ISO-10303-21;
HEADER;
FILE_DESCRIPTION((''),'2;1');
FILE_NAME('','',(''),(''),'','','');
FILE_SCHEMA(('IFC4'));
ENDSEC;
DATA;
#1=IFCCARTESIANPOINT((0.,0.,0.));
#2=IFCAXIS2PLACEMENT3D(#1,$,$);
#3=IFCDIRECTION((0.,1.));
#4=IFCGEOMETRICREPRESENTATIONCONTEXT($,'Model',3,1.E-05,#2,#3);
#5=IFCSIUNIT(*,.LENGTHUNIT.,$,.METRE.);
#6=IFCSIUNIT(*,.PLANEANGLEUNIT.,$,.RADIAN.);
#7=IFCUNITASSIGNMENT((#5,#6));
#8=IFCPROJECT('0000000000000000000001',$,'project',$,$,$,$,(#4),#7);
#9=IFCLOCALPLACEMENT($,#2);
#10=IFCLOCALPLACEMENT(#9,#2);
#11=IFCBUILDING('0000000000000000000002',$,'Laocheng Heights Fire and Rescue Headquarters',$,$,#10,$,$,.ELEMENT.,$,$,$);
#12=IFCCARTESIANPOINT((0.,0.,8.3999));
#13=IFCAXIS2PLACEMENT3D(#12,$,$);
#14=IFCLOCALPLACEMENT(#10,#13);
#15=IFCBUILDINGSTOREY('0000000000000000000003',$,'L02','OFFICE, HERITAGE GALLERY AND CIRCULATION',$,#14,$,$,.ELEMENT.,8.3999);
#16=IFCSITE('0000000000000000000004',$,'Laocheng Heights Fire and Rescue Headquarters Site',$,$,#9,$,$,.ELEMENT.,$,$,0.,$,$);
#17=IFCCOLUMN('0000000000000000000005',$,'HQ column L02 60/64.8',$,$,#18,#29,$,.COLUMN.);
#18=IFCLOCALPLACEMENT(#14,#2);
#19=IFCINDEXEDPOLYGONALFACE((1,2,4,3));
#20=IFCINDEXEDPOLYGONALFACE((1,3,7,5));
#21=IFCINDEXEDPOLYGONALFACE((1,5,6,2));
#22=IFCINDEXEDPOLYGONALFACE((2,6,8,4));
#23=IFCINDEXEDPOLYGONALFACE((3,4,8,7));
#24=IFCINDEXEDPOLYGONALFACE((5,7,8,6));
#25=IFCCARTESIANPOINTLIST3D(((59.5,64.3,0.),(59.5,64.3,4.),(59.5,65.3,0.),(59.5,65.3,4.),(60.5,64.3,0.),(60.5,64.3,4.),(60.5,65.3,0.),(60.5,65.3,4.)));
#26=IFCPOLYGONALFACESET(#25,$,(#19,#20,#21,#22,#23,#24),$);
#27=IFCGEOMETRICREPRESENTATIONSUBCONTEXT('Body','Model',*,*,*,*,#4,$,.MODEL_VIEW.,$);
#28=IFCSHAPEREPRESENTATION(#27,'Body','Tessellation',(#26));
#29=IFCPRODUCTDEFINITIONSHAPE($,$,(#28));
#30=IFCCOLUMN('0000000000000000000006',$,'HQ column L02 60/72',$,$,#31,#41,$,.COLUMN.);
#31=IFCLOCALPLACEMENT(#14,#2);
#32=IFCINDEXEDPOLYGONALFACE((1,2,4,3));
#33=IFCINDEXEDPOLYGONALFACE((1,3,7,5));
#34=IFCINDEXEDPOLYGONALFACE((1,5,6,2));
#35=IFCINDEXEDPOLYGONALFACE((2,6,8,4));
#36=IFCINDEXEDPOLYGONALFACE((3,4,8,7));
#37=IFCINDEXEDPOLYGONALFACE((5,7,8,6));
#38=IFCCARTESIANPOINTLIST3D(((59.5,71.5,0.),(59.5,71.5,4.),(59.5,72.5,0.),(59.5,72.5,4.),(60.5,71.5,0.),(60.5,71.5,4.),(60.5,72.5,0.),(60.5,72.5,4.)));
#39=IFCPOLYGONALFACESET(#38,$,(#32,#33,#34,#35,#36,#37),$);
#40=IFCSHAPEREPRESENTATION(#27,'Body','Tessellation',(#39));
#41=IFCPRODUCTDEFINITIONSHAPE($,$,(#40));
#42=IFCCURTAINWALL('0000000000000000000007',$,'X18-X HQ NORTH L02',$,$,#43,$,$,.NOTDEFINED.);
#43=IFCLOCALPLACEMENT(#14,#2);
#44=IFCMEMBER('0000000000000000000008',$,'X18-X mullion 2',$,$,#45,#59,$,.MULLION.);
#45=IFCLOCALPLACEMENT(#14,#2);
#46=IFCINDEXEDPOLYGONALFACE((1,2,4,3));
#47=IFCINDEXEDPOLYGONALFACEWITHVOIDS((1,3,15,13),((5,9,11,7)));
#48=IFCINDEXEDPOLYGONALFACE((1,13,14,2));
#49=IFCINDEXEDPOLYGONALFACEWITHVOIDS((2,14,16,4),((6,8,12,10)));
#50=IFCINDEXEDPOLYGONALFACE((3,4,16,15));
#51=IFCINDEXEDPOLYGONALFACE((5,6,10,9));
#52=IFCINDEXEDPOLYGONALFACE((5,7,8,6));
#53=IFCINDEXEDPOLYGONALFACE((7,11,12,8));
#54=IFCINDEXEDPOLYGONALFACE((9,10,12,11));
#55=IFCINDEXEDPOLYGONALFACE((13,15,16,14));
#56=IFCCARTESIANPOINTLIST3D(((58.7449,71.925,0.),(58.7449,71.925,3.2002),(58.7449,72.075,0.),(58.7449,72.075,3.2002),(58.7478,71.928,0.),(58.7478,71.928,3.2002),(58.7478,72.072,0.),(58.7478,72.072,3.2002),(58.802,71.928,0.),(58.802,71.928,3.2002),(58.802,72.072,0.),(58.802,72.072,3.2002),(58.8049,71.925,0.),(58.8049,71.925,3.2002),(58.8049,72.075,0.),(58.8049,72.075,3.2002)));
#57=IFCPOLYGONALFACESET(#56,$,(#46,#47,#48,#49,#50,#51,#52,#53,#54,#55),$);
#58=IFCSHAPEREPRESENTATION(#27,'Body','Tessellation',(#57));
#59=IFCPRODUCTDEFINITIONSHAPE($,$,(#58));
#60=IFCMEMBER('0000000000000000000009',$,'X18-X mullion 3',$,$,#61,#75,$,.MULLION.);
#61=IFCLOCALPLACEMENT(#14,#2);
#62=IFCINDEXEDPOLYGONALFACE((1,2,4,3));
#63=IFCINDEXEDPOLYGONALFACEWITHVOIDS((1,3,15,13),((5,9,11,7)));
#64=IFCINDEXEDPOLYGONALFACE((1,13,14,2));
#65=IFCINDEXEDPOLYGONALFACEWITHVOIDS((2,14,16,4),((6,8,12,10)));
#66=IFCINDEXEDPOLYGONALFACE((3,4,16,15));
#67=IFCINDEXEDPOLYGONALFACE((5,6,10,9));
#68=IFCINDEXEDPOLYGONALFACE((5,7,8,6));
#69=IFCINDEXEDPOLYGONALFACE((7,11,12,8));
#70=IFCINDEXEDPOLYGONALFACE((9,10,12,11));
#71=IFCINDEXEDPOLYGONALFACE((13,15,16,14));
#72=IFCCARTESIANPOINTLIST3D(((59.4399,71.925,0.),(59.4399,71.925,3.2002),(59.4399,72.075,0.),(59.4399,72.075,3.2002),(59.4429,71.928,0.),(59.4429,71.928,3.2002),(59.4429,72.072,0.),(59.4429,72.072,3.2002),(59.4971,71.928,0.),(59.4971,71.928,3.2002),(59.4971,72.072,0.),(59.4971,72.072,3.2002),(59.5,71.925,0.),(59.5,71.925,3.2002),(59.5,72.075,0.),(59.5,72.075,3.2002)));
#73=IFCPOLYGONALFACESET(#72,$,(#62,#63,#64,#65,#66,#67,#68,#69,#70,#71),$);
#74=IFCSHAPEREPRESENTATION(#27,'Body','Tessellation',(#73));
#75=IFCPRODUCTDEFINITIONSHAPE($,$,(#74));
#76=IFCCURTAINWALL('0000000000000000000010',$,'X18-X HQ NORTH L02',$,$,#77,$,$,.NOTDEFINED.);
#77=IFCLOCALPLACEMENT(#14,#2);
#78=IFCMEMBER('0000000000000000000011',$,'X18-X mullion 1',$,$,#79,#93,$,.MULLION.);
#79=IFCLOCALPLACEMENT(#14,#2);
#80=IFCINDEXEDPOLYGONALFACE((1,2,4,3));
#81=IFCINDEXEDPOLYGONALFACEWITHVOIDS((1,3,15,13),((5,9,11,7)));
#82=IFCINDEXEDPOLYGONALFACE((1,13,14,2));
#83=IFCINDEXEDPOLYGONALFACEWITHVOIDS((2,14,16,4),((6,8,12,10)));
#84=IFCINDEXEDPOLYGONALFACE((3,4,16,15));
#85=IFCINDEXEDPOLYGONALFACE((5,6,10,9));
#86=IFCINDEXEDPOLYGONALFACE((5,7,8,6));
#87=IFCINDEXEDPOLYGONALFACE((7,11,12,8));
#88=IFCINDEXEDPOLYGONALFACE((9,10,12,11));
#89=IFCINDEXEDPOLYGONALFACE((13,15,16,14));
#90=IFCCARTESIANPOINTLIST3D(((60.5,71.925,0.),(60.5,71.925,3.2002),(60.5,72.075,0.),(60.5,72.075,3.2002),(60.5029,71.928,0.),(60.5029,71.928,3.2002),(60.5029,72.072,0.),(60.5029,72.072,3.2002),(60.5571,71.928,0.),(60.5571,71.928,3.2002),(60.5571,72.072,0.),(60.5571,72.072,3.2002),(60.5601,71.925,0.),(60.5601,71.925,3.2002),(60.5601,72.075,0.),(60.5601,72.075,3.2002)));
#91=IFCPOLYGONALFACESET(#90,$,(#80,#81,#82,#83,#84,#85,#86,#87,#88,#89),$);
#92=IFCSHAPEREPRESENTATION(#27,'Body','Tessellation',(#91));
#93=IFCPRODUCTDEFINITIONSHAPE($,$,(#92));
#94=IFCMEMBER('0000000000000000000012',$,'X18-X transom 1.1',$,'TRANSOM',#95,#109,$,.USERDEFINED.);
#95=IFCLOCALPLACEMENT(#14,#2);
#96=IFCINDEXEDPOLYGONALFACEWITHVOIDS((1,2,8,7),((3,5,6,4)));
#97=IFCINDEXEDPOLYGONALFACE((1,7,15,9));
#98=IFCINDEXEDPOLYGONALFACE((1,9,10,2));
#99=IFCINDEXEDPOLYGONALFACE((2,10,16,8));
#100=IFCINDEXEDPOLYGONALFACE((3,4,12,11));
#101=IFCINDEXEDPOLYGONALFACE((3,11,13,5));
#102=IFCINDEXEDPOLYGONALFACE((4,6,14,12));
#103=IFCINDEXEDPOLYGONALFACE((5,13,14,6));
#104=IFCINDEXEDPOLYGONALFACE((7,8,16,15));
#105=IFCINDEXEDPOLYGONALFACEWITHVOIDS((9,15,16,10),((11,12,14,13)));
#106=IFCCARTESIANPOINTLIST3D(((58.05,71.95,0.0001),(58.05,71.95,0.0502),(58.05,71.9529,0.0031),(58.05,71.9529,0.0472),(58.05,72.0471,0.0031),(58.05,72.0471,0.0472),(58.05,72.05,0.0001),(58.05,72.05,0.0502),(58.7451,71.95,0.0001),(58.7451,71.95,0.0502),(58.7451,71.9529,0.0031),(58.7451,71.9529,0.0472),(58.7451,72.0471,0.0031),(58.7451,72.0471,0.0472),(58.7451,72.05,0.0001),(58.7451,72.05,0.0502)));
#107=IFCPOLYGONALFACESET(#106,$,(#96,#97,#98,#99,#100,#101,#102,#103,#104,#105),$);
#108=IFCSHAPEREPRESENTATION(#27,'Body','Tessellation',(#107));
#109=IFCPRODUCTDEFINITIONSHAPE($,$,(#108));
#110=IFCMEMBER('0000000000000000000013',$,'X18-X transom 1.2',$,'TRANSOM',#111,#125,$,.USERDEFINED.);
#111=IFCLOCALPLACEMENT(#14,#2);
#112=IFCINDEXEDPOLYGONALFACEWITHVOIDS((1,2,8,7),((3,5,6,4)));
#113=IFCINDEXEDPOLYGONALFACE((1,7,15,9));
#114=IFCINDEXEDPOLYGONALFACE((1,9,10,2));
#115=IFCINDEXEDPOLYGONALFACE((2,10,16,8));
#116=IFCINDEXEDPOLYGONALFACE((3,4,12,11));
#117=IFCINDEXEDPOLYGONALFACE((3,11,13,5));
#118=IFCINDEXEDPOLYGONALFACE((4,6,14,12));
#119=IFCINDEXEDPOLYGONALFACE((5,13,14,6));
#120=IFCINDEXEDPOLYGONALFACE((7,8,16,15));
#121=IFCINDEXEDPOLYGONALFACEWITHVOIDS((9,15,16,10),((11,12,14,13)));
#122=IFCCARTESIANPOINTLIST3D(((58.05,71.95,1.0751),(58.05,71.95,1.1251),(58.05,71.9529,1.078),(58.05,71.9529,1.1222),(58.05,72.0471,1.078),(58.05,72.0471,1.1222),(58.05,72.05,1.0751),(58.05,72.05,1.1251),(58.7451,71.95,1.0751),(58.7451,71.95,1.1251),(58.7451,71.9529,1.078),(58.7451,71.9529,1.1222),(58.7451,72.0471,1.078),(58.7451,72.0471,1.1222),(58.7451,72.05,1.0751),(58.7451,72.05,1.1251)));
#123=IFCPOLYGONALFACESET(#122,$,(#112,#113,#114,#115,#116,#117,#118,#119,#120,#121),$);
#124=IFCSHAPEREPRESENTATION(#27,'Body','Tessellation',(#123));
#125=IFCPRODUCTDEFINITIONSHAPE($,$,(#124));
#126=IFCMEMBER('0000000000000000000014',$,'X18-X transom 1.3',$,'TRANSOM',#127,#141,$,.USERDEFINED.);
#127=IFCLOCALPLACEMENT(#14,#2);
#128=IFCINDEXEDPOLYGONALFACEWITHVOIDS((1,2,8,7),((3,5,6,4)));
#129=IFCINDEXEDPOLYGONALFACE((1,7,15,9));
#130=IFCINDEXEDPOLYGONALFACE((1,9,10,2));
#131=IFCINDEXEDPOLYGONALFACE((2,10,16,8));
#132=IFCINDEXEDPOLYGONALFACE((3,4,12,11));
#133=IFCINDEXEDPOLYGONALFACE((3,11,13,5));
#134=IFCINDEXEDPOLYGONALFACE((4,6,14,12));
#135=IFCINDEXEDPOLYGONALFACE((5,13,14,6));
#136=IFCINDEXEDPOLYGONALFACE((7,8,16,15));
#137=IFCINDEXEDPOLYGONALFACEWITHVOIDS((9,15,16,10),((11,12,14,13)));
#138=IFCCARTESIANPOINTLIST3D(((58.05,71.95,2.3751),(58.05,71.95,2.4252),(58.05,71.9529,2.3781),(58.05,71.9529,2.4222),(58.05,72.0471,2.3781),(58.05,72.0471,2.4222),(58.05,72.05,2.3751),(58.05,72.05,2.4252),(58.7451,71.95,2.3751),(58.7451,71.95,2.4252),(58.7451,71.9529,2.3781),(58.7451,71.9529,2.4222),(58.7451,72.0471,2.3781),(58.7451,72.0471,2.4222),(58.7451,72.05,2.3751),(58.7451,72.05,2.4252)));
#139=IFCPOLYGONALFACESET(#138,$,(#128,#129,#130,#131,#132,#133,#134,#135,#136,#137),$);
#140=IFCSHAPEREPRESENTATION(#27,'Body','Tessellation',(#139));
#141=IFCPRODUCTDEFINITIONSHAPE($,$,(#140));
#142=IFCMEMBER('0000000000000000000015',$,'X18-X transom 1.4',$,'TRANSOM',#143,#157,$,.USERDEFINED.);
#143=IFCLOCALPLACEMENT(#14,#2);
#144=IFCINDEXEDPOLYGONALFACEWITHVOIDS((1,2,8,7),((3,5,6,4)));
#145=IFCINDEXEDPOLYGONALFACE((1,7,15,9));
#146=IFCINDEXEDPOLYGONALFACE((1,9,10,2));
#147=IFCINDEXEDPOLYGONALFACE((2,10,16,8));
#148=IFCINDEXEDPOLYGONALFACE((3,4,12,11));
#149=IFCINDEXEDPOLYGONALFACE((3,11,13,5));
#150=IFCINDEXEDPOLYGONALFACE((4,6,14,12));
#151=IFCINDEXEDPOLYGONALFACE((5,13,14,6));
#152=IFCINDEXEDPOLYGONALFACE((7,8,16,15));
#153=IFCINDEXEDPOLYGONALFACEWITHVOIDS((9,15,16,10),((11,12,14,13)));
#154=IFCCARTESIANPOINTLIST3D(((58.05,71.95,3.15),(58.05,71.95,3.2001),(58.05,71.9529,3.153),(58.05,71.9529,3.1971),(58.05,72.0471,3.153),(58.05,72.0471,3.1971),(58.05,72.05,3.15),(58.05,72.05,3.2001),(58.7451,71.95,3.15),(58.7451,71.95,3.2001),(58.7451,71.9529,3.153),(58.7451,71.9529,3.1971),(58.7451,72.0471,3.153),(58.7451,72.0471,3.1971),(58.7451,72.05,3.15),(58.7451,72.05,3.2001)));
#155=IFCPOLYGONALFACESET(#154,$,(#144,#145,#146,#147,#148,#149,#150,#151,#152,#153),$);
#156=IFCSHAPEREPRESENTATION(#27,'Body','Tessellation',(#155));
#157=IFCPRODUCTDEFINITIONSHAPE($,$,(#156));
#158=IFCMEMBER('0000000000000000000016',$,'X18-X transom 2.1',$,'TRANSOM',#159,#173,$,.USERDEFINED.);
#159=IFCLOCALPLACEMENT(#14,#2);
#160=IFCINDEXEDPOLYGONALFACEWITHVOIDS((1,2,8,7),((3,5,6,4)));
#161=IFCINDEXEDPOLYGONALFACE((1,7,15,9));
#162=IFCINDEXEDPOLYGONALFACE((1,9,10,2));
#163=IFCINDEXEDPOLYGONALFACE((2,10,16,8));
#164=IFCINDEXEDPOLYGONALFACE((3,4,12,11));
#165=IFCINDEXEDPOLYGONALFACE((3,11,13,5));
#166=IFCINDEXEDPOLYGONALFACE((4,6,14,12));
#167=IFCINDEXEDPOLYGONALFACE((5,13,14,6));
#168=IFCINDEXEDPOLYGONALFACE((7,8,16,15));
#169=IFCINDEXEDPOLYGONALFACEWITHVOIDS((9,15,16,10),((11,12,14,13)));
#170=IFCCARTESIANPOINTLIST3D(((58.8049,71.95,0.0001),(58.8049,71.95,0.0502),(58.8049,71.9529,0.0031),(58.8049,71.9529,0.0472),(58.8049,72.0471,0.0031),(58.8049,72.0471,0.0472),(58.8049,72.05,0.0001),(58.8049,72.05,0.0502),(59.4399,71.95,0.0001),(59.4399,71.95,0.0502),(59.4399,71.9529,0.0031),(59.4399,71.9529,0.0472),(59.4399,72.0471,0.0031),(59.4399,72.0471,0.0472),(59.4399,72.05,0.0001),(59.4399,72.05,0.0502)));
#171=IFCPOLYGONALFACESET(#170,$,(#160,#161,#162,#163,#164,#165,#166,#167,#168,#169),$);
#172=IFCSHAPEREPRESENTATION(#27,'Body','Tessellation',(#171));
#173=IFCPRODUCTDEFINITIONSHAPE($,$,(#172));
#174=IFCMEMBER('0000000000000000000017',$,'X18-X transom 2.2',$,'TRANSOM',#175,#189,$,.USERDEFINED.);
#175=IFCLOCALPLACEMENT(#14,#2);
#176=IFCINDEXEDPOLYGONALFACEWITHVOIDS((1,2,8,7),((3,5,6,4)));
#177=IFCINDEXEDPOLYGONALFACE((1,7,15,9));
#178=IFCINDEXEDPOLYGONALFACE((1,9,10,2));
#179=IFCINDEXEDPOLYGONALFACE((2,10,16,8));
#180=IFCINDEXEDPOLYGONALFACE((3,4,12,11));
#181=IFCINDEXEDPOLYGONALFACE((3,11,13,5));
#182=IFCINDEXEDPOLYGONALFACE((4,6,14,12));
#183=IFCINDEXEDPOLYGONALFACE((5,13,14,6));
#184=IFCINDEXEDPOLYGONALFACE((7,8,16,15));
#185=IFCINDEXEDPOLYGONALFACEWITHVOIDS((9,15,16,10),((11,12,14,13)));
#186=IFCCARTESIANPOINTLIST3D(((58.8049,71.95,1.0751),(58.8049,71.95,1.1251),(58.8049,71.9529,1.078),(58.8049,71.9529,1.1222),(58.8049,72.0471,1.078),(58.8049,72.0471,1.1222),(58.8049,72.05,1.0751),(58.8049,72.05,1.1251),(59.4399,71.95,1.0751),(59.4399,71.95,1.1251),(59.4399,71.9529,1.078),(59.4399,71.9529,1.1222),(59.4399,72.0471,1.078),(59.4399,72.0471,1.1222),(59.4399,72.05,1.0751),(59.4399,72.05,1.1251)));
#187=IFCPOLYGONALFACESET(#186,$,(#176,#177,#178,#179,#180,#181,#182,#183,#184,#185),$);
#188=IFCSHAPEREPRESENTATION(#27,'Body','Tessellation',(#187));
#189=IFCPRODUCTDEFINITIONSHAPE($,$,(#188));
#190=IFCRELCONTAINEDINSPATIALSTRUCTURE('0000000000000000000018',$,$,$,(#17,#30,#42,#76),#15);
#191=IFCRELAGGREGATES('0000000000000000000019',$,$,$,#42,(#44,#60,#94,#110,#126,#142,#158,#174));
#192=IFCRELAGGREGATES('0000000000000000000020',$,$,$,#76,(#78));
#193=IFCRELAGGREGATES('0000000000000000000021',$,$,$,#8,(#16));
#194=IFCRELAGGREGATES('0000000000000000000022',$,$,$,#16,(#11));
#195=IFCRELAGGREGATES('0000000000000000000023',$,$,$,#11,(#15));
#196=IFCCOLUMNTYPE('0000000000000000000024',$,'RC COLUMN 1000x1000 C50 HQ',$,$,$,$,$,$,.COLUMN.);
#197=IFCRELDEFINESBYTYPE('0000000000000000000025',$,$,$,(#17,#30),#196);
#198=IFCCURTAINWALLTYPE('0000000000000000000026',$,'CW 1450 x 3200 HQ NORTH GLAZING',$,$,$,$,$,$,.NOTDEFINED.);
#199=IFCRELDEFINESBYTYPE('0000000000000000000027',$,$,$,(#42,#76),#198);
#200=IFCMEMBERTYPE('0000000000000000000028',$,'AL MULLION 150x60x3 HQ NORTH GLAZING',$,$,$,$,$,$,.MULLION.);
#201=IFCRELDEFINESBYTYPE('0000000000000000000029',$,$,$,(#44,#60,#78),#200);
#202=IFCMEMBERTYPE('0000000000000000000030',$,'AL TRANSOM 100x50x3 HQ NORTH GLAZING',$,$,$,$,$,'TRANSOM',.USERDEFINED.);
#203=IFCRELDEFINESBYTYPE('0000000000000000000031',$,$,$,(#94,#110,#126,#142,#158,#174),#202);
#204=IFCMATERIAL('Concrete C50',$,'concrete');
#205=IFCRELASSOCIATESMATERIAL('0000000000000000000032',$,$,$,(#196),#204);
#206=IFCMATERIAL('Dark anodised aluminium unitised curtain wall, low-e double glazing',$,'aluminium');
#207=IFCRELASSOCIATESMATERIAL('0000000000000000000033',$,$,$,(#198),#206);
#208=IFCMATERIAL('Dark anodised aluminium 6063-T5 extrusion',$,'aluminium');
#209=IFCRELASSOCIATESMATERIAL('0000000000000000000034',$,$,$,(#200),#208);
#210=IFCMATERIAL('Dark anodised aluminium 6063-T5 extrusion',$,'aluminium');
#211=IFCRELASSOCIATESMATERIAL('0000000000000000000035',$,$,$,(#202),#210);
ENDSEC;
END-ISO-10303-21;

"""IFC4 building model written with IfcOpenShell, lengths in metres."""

from ifc_helpers import new_model, si_unit, direction, frame, origin, origin_2d, place, context, subcontext, project, spatial, rectangle, hollow_rectangle, extrude, material, material_profile, profile_set, type_object, element, aggregate, save


model = new_model("IFC4")

# Units and contexts
model_context = context("Model", 3, precision=1e-05, world=origin(), true_north=direction((0.0, 1.0)))
body_context = subcontext(model_context, "Body", "Model", "MODEL_VIEW")
ifc_project = project(units=[si_unit("LENGTHUNIT", "METRE"), si_unit("PLANEANGLEUNIT", "RADIAN")], contexts=[model_context])

# Site, building, storey
site_placement = place(None, origin())
site = spatial("IfcSite", under=ifc_project, at=site_placement, Name="Laocheng Heights Fire and Rescue Headquarters Site", CompositionType="ELEMENT", RefElevation=0.0)
building_placement = place(site_placement, origin())
building = spatial("IfcBuilding", under=site, at=building_placement, Name="Laocheng Heights Fire and Rescue Headquarters", CompositionType="ELEMENT")
storey_placement = place(building_placement, frame((0.0, 0.0, 8.3999)))
storey = spatial("IfcBuildingStorey", under=building, at=storey_placement, Name="L02", Description="OFFICE, HERITAGE GALLERY AND CIRCULATION", CompositionType="ELEMENT", Elevation=8.3999)

# Columns
ifc_material_1 = material(Name="Concrete C50", Category="concrete")
ifc_material_profile_1 = material_profile(ifc_material_1, rectangle(XDim=1.0, YDim=1.0, at=origin_2d()), Name="RC COLUMN 1000x1000 C50 HQ")
ifc_profile_set_1 = profile_set([ifc_material_profile_1], Name="Concrete C50")
column_type = type_object("IfcColumnType", Name="RC COLUMN 1000x1000 C50 HQ", PredefinedType="COLUMN", material=ifc_profile_set_1)
for number, where, z_axis, x_axis, name in (
    (1, (60.0, 64.8, 0.0), (0.0, 0.0, 1.0), (1.0, 0.0, 0.0), "HQ column L02 60/64.8"),
    (2, (60.0, 72.0, 0.0), (0.0, 0.0, 1.0), (1.0, 0.0, 0.0), "HQ column L02 60/72"),
):
    element("IfcColumn", number, at=place(storey_placement, frame(where, z_axis=z_axis, x_axis=x_axis)), inside=storey, type_object=column_type, Name=name, PredefinedType="COLUMN", context=body_context, shape_type="SweptSolid", body=[
        extrude(rectangle(XDim=1.0, YDim=1.0, at=origin_2d()), origin(), (0.0, 0.0, 1.0), 4.0),
    ])

# Curtain wall, members
ifc_material_2 = material(Name="Dark anodised aluminium unitised curtain wall, low-e double glazing", Category="aluminium")
curtain_wall_type = type_object("IfcCurtainWallType", Name="CW 1450 x 3200 HQ NORTH GLAZING", PredefinedType="NOTDEFINED", material=ifc_material_2)
curtain_wall_1_placement = place(storey_placement, origin())
curtain_wall_1 = element("IfcCurtainWall", 3, at=curtain_wall_1_placement, inside=storey, type_object=curtain_wall_type, Name="X18-X HQ NORTH L02", PredefinedType="NOTDEFINED")
ifc_material_3 = material(Name="Dark anodised aluminium 6063-T5 extrusion", Category="aluminium")
ifc_material_profile_2 = material_profile(ifc_material_3, hollow_rectangle(XDim=0.1499, YDim=0.0601, WallThickness=0.0029, at=origin_2d()), Name="AL MULLION 150x60x3 HQ NORTH GLAZING")
ifc_profile_set_2 = profile_set([ifc_material_profile_2], Name="Dark anodised aluminium 6063-T5 extrusion")
member_type_1 = type_object("IfcMemberType", Name="AL MULLION 150x60x3 HQ NORTH GLAZING", PredefinedType="MULLION", material=ifc_profile_set_2)
member_1_placement = place(storey_placement, frame((58.7749, 72.0, 0.0), z_axis=(0.0, 0.0, 1.0), x_axis=(0.0, 1.0, 0.0)))
member_1 = element("IfcMember", 4, at=member_1_placement, type_object=member_type_1, Name="X18-X mullion 2", PredefinedType="MULLION", context=body_context, shape_type="SweptSolid", body=[
    extrude(hollow_rectangle(XDim=0.1499, YDim=0.0601, WallThickness=0.0029, at=origin_2d()), origin(), (0.0, 0.0, 1.0), 3.2002),
])
member_2_placement = place(storey_placement, frame((59.47, 72.0, 0.0), z_axis=(0.0, 0.0, 1.0), x_axis=(0.0, 1.0, 0.0)))
member_2 = element("IfcMember", 5, at=member_2_placement, type_object=member_type_1, Name="X18-X mullion 3", PredefinedType="MULLION", context=body_context, shape_type="SweptSolid", body=[
    extrude(hollow_rectangle(XDim=0.1499, YDim=0.0601, WallThickness=0.0029, at=origin_2d()), origin(), (0.0, 0.0, 1.0), 3.2002),
])

# Curtain wall, member
curtain_wall_2_placement = place(storey_placement, origin())
curtain_wall_2 = element("IfcCurtainWall", 6, at=curtain_wall_2_placement, inside=storey, type_object=curtain_wall_type, Name="X18-X HQ NORTH L02", PredefinedType="NOTDEFINED")
member_3_placement = place(storey_placement, frame((60.53, 72.0, 0.0), z_axis=(0.0, 0.0, 1.0), x_axis=(0.0, 1.0, 0.0)))
member_3 = element("IfcMember", 7, at=member_3_placement, type_object=member_type_1, Name="X18-X mullion 1", PredefinedType="MULLION", context=body_context, shape_type="SweptSolid", body=[
    extrude(hollow_rectangle(XDim=0.1499, YDim=0.0601, WallThickness=0.0029, at=origin_2d()), origin(), (0.0, 0.0, 1.0), 3.2002),
])

# Members
ifc_material_4 = material(Name="Dark anodised aluminium 6063-T5 extrusion", Category="aluminium")
ifc_material_profile_3 = material_profile(ifc_material_4, hollow_rectangle(XDim=0.1001, YDim=0.05, WallThickness=0.0029, at=origin_2d()), Name="AL TRANSOM 100x50x3 HQ NORTH GLAZING")
ifc_profile_set_3 = profile_set([ifc_material_profile_3], Name="Dark anodised aluminium 6063-T5 extrusion")
member_type_2 = type_object("IfcMemberType", Name="AL TRANSOM 100x50x3 HQ NORTH GLAZING", ElementType="TRANSOM", PredefinedType="USERDEFINED", material=ifc_profile_set_3)
member_4_placement = place(storey_placement, frame((58.05, 72.0, 0.0251), z_axis=(1.0, 0.0, 0.0), x_axis=(0.0, 1.0, 0.0)))
member_4 = element("IfcMember", 8, at=member_4_placement, type_object=member_type_2, Name="X18-X transom 1.1", ObjectType="TRANSOM", PredefinedType="USERDEFINED", context=body_context, shape_type="SweptSolid", body=[
    extrude(hollow_rectangle(XDim=0.1001, YDim=0.05, WallThickness=0.0029, at=origin_2d()), origin(), (0.0, 0.0, 1.0), 0.6951),
])
member_5_placement = place(storey_placement, frame((58.05, 72.0, 1.1001), z_axis=(1.0, 0.0, 0.0), x_axis=(0.0, 1.0, 0.0)))
member_5 = element("IfcMember", 9, at=member_5_placement, type_object=member_type_2, Name="X18-X transom 1.2", ObjectType="TRANSOM", PredefinedType="USERDEFINED", context=body_context, shape_type="SweptSolid", body=[
    extrude(hollow_rectangle(XDim=0.1001, YDim=0.05, WallThickness=0.0029, at=origin_2d()), origin(), (0.0, 0.0, 1.0), 0.6951),
])
member_6_placement = place(storey_placement, frame((58.05, 72.0, 2.4001), z_axis=(1.0, 0.0, 0.0), x_axis=(0.0, 1.0, 0.0)))
member_6 = element("IfcMember", 10, at=member_6_placement, type_object=member_type_2, Name="X18-X transom 1.3", ObjectType="TRANSOM", PredefinedType="USERDEFINED", context=body_context, shape_type="SweptSolid", body=[
    extrude(hollow_rectangle(XDim=0.1001, YDim=0.05, WallThickness=0.0029, at=origin_2d()), origin(), (0.0, 0.0, 1.0), 0.6951),
])
member_7_placement = place(storey_placement, frame((58.05, 72.0, 3.175), z_axis=(1.0, 0.0, 0.0), x_axis=(0.0, 1.0, 0.0)))
member_7 = element("IfcMember", 11, at=member_7_placement, type_object=member_type_2, Name="X18-X transom 1.4", ObjectType="TRANSOM", PredefinedType="USERDEFINED", context=body_context, shape_type="SweptSolid", body=[
    extrude(hollow_rectangle(XDim=0.1001, YDim=0.05, WallThickness=0.0029, at=origin_2d()), origin(), (0.0, 0.0, 1.0), 0.6951),
])
member_8_placement = place(storey_placement, frame((58.8049, 72.0, 0.0251), z_axis=(1.0, 0.0, 0.0), x_axis=(0.0, 1.0, 0.0)))
member_8 = element("IfcMember", 12, at=member_8_placement, type_object=member_type_2, Name="X18-X transom 2.1", ObjectType="TRANSOM", PredefinedType="USERDEFINED", context=body_context, shape_type="SweptSolid", body=[
    extrude(hollow_rectangle(XDim=0.1001, YDim=0.05, WallThickness=0.0029, at=origin_2d()), origin(), (0.0, 0.0, 1.0), 0.635),
])
member_9_placement = place(storey_placement, frame((58.8049, 72.0, 1.1001), z_axis=(1.0, 0.0, 0.0), x_axis=(0.0, 1.0, 0.0)))
member_9 = element("IfcMember", 13, at=member_9_placement, type_object=member_type_2, Name="X18-X transom 2.2", ObjectType="TRANSOM", PredefinedType="USERDEFINED", context=body_context, shape_type="SweptSolid", body=[
    extrude(hollow_rectangle(XDim=0.1001, YDim=0.05, WallThickness=0.0029, at=origin_2d()), origin(), (0.0, 0.0, 1.0), 0.635),
])

aggregate(curtain_wall_1, [member_1, member_2, member_4, member_5, member_6, member_7, member_8, member_9])
aggregate(curtain_wall_2, [member_3])

save(model, "model.ifc")
